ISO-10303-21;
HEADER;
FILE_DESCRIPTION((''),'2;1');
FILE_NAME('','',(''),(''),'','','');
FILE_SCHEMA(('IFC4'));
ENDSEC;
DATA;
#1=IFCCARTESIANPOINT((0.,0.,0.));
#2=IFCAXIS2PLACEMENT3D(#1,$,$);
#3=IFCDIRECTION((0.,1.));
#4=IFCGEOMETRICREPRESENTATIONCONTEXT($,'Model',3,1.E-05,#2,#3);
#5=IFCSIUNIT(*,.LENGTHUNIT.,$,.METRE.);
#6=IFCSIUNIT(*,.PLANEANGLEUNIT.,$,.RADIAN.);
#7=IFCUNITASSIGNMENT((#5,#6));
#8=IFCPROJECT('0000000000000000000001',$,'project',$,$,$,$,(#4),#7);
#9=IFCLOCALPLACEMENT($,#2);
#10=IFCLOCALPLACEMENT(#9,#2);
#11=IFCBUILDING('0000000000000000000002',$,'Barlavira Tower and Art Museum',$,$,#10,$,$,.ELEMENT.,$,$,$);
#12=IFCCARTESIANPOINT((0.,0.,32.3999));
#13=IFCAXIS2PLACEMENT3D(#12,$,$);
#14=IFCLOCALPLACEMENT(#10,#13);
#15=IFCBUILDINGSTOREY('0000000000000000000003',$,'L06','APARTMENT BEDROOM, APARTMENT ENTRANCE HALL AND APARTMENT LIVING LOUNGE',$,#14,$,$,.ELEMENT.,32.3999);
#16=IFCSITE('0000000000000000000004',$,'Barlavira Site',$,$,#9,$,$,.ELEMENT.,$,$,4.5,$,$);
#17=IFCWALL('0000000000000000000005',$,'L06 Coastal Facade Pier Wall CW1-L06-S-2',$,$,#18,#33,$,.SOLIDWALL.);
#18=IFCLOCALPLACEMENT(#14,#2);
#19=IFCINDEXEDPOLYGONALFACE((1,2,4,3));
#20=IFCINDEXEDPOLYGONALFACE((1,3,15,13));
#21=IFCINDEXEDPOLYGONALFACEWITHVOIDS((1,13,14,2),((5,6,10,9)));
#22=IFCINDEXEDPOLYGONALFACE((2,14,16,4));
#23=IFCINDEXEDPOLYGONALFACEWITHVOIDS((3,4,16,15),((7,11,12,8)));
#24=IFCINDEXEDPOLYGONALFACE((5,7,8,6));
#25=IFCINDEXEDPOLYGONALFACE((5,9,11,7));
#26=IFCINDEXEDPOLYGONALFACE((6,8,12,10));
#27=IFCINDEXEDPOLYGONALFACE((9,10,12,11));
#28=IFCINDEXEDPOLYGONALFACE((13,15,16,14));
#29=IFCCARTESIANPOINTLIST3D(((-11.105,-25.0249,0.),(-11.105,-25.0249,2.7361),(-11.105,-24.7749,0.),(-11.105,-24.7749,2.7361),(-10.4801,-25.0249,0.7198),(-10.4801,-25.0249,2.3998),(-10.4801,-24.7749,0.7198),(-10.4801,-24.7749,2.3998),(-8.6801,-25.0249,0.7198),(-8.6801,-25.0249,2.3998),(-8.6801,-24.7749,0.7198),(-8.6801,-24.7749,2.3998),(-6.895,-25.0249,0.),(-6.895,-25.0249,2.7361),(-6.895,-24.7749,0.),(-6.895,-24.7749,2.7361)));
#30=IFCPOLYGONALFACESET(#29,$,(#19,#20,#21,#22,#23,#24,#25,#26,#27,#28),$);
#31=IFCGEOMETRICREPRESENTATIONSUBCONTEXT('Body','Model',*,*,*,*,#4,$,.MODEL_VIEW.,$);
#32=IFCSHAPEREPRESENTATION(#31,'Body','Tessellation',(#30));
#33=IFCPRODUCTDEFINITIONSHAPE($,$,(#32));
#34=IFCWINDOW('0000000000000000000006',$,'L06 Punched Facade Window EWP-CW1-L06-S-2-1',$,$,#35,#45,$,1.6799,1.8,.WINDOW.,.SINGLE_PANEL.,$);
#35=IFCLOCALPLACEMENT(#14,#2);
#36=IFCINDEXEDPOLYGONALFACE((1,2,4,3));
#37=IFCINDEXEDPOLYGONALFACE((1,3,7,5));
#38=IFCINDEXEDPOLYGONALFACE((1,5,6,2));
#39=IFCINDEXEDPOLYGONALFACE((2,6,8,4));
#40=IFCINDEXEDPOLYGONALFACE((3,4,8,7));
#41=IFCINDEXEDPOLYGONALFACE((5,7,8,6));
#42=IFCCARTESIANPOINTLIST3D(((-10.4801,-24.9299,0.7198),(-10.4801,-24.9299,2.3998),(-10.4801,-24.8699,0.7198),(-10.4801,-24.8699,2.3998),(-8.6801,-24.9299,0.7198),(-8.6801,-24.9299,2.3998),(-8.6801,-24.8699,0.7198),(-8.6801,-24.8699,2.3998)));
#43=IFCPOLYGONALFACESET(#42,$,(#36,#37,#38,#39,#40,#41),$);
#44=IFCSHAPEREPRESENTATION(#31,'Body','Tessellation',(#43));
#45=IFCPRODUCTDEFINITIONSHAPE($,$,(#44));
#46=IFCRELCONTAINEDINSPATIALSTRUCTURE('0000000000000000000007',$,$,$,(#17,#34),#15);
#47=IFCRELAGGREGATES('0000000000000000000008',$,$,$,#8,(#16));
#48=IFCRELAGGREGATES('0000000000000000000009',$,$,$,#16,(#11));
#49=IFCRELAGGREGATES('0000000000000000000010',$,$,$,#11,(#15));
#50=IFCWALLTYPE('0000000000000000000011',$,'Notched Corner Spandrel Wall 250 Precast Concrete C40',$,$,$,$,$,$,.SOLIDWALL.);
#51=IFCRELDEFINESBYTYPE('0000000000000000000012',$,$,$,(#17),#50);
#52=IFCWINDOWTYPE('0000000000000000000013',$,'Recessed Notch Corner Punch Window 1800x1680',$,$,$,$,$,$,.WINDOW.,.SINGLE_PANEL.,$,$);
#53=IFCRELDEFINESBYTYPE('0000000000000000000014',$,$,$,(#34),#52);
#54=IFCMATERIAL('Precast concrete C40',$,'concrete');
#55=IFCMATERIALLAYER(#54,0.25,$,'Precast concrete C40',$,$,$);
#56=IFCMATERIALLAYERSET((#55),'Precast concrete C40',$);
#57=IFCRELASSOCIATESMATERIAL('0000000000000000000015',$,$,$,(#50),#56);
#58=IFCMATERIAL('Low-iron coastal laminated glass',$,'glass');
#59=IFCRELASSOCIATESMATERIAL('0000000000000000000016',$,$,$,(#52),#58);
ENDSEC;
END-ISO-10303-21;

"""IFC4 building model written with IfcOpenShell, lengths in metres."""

from ifc_helpers import new_model, si_unit, direction, frame, frame_2d, origin, place, context, subcontext, project, spatial, rectangle, extrude, material, layer, layer_set, type_object, element, fill, save


model = new_model("IFC4")

# Units and contexts
model_context = context("Model", 3, precision=1e-05, world=origin(), true_north=direction((0.0, 1.0)))
body_context = subcontext(model_context, "Body", "Model", "MODEL_VIEW")
ifc_project = project(units=[si_unit("LENGTHUNIT", "METRE"), si_unit("PLANEANGLEUNIT", "RADIAN")], contexts=[model_context])

# Site, building, storey
site_placement = place(None, origin())
site = spatial("IfcSite", under=ifc_project, at=site_placement, Name="Barlavira Site", CompositionType="ELEMENT", RefElevation=4.5)
building_placement = place(site_placement, origin())
building = spatial("IfcBuilding", under=site, at=building_placement, Name="Barlavira Tower and Art Museum", CompositionType="ELEMENT")
storey_placement = place(building_placement, frame((0.0, 0.0, 32.3999)))
storey = spatial("IfcBuildingStorey", under=building, at=storey_placement, Name="L06", Description="APARTMENT BEDROOM, APARTMENT ENTRANCE HALL AND APARTMENT LIVING LOUNGE", CompositionType="ELEMENT", Elevation=32.3999)

# Shared definitions
ifc_material_1 = material(Name="Low-iron coastal laminated glass", Category="glass")

# Wall, opening, window
ifc_material_2 = material(Name="Precast concrete C40", Category="concrete")
ifc_layer_1 = layer(ifc_material_2, 0.25, Name="Precast concrete C40")
ifc_layer_set_1 = layer_set([ifc_layer_1], Name="Precast concrete C40")
wall_type_1 = type_object("IfcWallType", Name="Notched Corner Spandrel Wall 250 Precast Concrete C40", PredefinedType="SOLIDWALL", material=ifc_layer_set_1)
wall_1_placement = place(storey_placement, frame((-11.105, -24.8999, 0.0), z_axis=(0.0, 0.0, 1.0), x_axis=(1.0, 0.0, 0.0)))
wall_1 = element("IfcWall", 1, at=wall_1_placement, inside=storey, type_object=wall_type_1, Name="L06 Coastal Facade Pier Wall CW1-L06-S-2", PredefinedType="SOLIDWALL", context=body_context, shape_type="SweptSolid", body=[
    extrude(rectangle(XDim=4.21, YDim=0.25, at=frame_2d((2.105, 0.0))), origin(), (0.0, 0.0, 1.0), 2.7361),
])
opening_1_placement = place(wall_1_placement, frame((0.625, 0.0, 0.72)))
opening_1 = element("IfcOpeningElement", 2, at=opening_1_placement, cuts=wall_1, PredefinedType="OPENING", context=body_context, shape_type="SweptSolid", body=[
    extrude(rectangle(XDim=1.8, YDim=1.6799, at=frame_2d((0.8999, 0.8398))), frame((0.0, 0.135, 0.0), z_axis=(0.0, -1.0, 0.0), x_axis=(1.0, 0.0, 0.0)), (0.0, 0.0, 1.0), 0.27),
])
window_type = type_object("IfcWindowType", Name="Recessed Notch Corner Punch Window 1800x1680", PartitioningType="SINGLE_PANEL", PredefinedType="WINDOW", material=ifc_material_1)
window_placement = place(opening_1_placement, origin())
window = element("IfcWindow", 3, at=window_placement, inside=storey, type_object=window_type, Name="L06 Punched Facade Window EWP-CW1-L06-S-2-1", OverallHeight=1.6799, OverallWidth=1.8, PartitioningType="SINGLE_PANEL", PredefinedType="WINDOW", context=body_context, shape_type="SweptSolid", body=[
    extrude(rectangle(XDim=1.8, YDim=1.6799, at=frame_2d((0.8999, 0.8398))), frame((0.0, 0.03, 0.0), z_axis=(0.0, -1.0, 0.0), x_axis=(1.0, 0.0, 0.0)), (0.0, 0.0, 1.0), 0.0601),
])
fill(opening_1, window)

save(model, "model.ifc")
